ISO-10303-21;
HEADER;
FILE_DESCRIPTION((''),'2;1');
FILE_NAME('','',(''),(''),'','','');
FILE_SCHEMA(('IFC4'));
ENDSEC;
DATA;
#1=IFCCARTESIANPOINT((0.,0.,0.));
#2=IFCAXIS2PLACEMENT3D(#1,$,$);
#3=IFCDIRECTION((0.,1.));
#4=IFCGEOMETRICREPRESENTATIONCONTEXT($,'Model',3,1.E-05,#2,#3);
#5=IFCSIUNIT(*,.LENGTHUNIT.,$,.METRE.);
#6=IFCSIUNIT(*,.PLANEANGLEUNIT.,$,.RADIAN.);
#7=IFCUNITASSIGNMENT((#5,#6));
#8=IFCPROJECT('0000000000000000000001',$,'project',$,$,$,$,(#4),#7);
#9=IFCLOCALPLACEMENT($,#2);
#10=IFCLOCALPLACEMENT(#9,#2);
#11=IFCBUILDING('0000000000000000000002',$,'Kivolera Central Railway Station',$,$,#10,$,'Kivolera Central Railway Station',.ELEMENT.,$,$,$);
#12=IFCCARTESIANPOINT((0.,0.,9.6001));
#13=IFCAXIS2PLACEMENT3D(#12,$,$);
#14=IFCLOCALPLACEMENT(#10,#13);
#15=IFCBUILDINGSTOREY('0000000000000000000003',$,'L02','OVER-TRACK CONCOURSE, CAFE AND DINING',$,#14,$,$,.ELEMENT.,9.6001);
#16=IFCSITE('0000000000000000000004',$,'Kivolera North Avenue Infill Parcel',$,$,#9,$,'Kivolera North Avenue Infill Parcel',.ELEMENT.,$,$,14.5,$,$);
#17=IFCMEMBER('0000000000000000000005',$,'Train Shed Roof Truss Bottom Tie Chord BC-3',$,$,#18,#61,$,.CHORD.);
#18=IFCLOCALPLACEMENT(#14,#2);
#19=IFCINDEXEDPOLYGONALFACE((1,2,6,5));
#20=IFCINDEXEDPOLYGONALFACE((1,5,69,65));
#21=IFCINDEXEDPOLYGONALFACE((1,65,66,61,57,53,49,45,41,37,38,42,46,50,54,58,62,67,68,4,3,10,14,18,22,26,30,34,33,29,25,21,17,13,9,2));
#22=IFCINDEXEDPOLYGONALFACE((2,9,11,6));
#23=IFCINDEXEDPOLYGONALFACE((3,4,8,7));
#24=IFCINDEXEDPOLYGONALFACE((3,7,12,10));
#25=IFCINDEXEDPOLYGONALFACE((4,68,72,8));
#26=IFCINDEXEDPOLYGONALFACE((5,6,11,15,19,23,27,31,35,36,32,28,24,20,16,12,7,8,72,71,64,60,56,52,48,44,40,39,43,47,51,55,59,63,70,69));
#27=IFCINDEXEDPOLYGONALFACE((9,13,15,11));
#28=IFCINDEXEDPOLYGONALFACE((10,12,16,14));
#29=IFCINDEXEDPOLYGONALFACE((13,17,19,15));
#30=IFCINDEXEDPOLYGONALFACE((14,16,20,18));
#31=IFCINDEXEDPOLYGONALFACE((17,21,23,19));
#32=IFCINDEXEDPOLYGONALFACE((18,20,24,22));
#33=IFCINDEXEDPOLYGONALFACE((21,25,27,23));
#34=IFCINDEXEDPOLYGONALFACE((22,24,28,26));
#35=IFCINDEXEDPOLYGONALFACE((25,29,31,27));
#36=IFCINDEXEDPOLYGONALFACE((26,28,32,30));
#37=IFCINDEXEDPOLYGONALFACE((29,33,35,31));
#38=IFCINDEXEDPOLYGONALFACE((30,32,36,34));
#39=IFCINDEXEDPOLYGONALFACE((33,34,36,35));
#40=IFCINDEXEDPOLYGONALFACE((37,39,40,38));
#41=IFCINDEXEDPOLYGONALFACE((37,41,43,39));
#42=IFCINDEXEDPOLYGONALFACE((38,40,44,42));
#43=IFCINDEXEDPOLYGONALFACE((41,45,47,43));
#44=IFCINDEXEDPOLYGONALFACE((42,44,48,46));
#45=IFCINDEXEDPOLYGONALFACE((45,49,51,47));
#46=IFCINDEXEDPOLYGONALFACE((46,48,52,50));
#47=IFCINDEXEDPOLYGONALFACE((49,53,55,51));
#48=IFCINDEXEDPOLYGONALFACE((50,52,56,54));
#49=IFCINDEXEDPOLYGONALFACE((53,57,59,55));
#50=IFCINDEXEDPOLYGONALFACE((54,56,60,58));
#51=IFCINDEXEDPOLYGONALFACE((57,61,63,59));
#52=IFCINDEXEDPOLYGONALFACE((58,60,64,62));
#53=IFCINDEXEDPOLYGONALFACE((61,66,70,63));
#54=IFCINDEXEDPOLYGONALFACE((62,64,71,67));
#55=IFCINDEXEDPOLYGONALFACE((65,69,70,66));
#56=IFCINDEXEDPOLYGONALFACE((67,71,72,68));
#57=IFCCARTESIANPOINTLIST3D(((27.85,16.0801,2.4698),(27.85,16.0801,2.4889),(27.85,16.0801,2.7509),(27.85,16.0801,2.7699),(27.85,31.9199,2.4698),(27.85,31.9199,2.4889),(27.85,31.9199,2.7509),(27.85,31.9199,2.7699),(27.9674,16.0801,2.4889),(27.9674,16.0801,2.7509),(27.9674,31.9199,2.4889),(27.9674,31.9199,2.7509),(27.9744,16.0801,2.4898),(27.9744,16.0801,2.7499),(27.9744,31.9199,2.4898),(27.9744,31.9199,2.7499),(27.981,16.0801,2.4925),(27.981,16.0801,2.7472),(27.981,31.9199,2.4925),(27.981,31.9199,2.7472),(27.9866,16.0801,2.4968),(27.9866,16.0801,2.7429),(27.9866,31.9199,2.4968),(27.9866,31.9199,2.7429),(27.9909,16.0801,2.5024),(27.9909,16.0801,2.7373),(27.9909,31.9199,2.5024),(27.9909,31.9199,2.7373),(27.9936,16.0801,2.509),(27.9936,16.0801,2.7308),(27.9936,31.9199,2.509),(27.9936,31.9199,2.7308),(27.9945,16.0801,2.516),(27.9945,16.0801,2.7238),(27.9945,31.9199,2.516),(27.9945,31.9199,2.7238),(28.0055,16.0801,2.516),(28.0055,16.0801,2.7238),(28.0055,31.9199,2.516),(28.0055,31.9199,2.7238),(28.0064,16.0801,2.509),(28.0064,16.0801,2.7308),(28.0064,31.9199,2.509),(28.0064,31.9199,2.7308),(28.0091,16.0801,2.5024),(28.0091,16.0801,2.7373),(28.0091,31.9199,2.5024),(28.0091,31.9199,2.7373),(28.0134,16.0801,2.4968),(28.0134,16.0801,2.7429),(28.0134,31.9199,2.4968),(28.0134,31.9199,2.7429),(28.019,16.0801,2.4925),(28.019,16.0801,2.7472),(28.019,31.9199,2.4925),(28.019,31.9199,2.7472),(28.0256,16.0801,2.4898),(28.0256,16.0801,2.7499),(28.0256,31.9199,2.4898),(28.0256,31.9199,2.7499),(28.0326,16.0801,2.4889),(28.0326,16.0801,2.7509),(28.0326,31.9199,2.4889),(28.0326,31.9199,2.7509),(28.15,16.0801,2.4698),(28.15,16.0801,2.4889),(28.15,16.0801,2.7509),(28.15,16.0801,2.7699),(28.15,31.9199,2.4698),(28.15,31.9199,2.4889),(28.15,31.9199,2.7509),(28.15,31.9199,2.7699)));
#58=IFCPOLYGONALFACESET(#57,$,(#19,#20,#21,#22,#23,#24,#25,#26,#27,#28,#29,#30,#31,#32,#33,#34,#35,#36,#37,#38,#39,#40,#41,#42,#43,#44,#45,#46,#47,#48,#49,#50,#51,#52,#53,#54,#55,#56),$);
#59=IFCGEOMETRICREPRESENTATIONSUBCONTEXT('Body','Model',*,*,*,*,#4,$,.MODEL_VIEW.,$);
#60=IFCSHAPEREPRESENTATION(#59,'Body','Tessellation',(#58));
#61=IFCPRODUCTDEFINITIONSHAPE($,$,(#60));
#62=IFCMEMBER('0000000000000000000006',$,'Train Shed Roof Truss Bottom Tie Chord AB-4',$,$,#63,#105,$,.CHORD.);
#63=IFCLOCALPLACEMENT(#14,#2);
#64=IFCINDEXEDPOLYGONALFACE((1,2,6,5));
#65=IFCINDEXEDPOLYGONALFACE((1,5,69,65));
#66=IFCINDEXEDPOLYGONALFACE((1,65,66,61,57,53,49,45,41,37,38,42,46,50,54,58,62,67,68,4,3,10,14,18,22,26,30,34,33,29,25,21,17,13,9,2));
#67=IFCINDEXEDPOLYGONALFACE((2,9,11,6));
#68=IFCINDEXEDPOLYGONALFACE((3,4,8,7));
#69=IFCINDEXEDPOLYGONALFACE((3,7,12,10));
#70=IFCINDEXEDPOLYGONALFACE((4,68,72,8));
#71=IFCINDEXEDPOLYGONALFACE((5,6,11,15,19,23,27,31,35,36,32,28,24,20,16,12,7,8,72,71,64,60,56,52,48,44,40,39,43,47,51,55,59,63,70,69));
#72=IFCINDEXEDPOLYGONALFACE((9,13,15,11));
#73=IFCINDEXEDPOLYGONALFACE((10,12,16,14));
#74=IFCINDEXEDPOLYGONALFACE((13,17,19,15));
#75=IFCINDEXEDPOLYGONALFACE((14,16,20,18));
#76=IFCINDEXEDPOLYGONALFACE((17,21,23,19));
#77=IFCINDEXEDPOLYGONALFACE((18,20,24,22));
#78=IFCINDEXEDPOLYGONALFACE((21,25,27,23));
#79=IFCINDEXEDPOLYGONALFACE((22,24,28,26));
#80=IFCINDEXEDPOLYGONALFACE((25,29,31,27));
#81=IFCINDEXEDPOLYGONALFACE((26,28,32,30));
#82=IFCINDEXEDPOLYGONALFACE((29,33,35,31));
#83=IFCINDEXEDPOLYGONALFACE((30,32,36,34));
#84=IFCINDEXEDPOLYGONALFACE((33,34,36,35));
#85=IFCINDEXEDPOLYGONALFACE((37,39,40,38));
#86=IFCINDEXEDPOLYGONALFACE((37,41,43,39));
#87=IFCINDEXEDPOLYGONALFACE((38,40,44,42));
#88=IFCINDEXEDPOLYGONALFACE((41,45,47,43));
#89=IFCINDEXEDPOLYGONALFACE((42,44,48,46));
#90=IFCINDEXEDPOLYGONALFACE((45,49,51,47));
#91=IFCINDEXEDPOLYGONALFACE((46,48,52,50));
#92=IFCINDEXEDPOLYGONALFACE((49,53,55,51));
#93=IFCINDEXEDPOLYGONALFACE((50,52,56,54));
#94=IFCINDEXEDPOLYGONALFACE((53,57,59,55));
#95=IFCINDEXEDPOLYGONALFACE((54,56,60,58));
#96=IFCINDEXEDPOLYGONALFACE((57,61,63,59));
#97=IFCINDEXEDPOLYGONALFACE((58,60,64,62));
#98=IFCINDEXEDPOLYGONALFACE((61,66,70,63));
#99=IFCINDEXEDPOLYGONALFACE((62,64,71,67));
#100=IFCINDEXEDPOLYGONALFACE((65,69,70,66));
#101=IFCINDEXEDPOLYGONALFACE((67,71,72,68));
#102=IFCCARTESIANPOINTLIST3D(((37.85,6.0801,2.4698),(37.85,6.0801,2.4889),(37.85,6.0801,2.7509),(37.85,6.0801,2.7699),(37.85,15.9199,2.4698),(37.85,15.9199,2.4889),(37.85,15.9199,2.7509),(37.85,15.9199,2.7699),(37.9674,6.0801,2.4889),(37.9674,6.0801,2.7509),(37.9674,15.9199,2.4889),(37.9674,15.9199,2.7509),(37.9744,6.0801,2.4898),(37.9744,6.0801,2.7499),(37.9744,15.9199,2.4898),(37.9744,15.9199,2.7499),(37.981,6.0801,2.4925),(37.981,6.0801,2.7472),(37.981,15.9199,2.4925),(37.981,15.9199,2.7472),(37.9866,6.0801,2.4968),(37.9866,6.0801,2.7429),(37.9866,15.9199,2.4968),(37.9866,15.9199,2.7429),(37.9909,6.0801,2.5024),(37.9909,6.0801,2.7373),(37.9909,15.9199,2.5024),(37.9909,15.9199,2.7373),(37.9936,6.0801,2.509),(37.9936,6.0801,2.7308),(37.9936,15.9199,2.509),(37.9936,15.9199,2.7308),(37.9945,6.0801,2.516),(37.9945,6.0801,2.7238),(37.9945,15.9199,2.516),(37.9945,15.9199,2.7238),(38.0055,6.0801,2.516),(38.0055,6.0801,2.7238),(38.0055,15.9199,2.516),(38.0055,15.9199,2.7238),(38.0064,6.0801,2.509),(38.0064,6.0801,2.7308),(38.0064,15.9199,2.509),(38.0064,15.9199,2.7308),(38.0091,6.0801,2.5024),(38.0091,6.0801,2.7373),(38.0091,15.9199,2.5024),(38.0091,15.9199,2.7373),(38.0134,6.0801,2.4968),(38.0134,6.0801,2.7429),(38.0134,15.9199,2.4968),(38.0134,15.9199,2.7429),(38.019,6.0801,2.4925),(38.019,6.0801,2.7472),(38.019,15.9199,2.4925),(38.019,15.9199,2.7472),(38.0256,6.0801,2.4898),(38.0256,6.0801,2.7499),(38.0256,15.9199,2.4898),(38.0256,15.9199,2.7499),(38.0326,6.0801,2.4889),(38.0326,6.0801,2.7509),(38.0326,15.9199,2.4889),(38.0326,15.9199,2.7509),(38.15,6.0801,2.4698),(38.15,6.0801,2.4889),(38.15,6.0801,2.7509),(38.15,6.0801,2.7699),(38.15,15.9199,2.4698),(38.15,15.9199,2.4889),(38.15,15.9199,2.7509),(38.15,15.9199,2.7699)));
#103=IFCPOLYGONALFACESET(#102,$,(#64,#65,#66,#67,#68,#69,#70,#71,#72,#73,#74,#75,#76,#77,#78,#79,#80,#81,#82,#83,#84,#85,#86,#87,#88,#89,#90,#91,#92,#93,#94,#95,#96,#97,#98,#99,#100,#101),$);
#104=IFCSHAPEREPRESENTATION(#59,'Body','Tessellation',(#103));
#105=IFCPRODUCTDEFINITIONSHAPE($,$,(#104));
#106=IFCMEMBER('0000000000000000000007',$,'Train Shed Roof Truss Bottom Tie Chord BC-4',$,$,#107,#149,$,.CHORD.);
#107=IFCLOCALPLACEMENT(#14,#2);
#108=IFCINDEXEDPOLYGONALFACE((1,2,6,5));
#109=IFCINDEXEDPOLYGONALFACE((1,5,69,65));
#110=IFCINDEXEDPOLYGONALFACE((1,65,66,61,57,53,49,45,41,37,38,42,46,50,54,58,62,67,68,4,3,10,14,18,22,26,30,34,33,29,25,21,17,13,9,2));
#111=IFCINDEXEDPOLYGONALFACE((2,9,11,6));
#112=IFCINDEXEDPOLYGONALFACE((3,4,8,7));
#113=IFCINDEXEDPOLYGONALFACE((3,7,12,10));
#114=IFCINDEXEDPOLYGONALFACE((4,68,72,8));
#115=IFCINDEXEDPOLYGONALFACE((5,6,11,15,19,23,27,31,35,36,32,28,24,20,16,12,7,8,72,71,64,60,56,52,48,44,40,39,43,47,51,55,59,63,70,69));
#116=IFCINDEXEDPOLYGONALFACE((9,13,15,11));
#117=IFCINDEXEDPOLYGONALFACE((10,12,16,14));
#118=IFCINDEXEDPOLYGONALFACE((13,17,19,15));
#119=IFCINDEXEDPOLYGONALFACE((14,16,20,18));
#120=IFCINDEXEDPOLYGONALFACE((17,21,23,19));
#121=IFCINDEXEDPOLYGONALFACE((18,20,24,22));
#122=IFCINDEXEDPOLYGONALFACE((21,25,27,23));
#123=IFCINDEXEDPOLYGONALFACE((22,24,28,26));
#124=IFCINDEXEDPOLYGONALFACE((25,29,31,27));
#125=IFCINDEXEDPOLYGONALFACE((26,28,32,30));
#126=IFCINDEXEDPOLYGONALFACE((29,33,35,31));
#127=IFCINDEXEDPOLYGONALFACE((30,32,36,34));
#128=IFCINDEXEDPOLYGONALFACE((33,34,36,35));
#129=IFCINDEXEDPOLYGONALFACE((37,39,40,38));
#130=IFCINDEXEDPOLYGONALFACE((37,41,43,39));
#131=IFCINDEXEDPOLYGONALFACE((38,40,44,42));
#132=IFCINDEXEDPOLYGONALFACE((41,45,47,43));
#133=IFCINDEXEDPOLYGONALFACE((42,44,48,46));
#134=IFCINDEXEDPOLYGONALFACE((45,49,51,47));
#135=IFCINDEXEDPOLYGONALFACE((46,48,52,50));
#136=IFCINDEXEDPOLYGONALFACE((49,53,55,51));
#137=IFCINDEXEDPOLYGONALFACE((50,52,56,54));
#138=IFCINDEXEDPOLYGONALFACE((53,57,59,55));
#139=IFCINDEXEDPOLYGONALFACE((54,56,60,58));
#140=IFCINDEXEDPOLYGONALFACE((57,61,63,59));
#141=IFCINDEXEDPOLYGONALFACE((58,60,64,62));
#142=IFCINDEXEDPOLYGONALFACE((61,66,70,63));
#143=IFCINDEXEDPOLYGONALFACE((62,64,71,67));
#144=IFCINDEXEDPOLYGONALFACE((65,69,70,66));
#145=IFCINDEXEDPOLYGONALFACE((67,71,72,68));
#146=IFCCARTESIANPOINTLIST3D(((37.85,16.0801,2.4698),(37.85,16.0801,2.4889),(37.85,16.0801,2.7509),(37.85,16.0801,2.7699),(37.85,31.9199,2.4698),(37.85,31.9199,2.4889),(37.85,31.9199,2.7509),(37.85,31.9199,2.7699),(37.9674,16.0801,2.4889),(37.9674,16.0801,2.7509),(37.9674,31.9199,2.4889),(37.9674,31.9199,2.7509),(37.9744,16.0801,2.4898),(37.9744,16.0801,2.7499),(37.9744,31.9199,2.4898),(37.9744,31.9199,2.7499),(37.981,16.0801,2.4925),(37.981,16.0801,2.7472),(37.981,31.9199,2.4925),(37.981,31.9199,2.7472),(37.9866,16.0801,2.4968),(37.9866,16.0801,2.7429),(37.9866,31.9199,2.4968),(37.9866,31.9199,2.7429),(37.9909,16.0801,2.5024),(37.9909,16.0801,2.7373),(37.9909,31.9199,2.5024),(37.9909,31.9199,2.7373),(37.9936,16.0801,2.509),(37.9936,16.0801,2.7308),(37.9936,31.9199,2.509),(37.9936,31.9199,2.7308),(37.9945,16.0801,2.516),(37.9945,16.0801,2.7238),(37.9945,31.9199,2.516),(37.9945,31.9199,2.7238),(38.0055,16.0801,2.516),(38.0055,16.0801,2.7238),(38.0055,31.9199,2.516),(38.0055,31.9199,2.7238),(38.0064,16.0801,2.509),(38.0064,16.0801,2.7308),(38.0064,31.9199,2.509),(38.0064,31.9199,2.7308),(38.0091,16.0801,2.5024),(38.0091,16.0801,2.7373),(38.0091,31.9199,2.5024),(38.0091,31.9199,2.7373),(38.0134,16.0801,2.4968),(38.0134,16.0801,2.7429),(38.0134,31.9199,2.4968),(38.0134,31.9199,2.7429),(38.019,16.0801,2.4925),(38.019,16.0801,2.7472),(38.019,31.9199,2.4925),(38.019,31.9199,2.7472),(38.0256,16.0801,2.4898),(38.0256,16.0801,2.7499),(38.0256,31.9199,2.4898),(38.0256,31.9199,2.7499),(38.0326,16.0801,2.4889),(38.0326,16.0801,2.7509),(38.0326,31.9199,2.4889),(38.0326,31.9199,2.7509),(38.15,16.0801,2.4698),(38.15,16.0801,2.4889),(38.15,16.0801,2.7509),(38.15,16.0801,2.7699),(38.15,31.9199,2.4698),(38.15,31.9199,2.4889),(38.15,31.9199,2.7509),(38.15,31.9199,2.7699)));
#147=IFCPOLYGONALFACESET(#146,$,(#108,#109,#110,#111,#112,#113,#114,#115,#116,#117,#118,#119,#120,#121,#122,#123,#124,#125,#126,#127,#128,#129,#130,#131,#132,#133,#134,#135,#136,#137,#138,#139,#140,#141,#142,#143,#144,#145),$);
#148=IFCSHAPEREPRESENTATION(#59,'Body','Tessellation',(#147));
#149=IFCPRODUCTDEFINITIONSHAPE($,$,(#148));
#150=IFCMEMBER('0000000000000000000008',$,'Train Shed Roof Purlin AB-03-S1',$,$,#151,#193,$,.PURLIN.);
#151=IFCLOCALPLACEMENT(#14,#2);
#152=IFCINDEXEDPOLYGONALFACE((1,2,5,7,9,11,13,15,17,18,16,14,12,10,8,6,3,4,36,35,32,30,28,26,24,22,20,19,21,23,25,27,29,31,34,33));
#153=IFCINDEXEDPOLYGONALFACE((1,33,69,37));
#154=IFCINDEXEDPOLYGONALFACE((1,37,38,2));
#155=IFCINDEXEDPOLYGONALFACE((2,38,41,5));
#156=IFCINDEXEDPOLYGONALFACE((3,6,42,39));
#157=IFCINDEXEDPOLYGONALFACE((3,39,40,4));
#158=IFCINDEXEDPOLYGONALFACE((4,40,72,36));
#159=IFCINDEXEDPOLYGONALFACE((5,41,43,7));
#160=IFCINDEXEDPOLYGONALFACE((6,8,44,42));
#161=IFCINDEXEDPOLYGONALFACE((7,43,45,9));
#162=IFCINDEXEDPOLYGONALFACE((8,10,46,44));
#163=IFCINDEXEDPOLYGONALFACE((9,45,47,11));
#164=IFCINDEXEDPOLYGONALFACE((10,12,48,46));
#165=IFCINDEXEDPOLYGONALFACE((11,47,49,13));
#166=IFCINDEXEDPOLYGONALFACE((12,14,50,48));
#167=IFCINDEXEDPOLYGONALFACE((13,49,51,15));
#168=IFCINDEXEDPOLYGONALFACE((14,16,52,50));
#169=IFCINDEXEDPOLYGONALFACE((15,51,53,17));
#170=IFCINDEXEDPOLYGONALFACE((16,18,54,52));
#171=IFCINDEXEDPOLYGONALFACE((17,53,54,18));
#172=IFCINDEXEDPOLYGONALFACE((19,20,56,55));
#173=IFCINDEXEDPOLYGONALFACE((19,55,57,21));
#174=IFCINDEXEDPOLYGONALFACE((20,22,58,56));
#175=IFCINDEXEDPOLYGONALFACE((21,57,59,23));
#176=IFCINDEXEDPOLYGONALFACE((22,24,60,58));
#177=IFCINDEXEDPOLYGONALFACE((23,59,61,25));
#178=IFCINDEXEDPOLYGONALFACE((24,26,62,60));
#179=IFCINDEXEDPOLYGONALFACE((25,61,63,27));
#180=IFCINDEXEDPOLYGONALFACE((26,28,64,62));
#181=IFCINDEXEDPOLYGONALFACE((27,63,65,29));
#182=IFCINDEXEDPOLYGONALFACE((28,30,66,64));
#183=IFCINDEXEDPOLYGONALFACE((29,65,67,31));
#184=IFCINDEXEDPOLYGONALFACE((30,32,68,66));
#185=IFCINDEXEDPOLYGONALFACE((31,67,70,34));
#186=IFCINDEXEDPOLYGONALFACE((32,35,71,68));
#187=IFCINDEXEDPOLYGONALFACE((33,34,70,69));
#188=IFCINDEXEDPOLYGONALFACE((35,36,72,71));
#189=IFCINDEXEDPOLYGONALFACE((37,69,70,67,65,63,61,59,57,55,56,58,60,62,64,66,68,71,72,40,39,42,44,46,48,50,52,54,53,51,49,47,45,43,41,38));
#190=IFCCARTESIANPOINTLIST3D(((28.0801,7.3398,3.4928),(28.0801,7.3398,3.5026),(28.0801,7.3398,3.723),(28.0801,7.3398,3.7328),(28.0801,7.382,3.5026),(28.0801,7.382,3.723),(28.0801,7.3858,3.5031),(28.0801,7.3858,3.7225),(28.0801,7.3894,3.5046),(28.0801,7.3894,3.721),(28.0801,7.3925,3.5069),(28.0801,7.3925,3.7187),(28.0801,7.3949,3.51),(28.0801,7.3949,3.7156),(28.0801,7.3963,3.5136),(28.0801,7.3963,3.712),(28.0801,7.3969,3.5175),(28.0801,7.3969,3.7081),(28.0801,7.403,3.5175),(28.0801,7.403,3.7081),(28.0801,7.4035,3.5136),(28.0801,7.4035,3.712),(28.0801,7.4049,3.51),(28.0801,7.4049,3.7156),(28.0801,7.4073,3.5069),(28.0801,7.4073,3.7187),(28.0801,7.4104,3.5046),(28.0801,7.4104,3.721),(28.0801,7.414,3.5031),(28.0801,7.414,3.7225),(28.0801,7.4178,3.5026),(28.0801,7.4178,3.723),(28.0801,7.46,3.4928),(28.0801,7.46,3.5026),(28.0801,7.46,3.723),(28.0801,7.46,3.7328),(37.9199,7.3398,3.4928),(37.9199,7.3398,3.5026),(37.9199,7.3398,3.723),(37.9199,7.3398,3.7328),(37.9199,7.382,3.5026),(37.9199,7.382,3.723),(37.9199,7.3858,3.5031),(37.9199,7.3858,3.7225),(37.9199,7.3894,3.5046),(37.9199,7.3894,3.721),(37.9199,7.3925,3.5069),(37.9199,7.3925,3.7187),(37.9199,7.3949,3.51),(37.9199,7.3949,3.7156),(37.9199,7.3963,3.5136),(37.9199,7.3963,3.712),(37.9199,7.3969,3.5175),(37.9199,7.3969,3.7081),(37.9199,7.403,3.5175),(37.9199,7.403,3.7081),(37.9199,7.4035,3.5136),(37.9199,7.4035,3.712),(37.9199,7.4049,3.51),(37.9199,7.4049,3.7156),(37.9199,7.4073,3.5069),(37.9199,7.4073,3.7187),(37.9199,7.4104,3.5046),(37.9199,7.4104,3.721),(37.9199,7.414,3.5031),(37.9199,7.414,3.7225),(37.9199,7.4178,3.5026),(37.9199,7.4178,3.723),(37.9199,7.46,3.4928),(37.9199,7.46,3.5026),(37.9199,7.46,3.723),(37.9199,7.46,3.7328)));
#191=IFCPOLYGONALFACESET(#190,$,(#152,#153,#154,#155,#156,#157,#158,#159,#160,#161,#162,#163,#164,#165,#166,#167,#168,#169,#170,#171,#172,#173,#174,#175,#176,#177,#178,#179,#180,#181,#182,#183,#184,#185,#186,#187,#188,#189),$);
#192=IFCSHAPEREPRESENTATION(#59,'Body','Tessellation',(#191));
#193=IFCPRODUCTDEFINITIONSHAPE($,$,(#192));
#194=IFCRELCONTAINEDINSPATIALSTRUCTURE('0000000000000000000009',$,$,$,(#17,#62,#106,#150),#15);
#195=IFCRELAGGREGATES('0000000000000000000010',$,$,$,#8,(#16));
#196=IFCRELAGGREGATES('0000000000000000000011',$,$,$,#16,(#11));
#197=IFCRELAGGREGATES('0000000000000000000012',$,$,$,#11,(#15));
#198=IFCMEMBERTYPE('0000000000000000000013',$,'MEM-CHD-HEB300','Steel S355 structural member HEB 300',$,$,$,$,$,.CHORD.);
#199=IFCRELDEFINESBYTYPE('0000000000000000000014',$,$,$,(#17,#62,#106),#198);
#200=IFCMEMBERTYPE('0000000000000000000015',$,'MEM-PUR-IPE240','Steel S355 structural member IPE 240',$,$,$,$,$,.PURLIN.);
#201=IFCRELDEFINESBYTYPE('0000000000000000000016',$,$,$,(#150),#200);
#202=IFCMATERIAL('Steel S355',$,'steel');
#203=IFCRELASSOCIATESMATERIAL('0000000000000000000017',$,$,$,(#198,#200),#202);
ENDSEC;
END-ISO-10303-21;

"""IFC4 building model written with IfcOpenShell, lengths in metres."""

from ifc_helpers import new_model, si_unit, direction, frame, origin, origin_2d, place, context, subcontext, project, spatial, i_section, extrude, material, material_profile, profile_set, type_object, element, save


model = new_model("IFC4")

# Units and contexts
model_context = context("Model", 3, precision=1e-05, world=origin(), true_north=direction((0.0, 1.0)))
body_context = subcontext(model_context, "Body", "Model", "MODEL_VIEW")
ifc_project = project(units=[si_unit("LENGTHUNIT", "METRE"), si_unit("PLANEANGLEUNIT", "RADIAN")], contexts=[model_context])

# Site, building, storey
site_placement = place(None, origin())
site = spatial("IfcSite", under=ifc_project, at=site_placement, Name="Kivolera North Avenue Infill Parcel", LongName="Kivolera North Avenue Infill Parcel", CompositionType="ELEMENT", RefElevation=14.5)
building_placement = place(site_placement, origin())
building = spatial("IfcBuilding", under=site, at=building_placement, Name="Kivolera Central Railway Station", LongName="Kivolera Central Railway Station", CompositionType="ELEMENT")
storey_placement = place(building_placement, frame((0.0, 0.0, 9.6001)))
storey = spatial("IfcBuildingStorey", under=building, at=storey_placement, Name="L02", Description="OVER-TRACK CONCOURSE, CAFE AND DINING", CompositionType="ELEMENT", Elevation=9.6001)

# Shared definitions
ifc_material_1 = material(Name="Steel S355", Category="steel")

# Members
ifc_material_profile_1 = material_profile(ifc_material_1, i_section(OverallWidth=0.3, OverallDepth=0.3, WebThickness=0.011, FlangeThickness=0.019, FilletRadius=0.0271, at=origin_2d()), Name="HEB 300")
ifc_profile_set_1 = profile_set([ifc_material_profile_1], Name="Steel S355")
member_type_1 = type_object("IfcMemberType", Name="MEM-CHD-HEB300", Description="Steel S355 structural member HEB 300", PredefinedType="CHORD", material=ifc_profile_set_1)
member_1_placement = place(storey_placement, frame((28.0, 16.0801, 2.6199), z_axis=(0.0, 1.0, 0.0), x_axis=(-1.0, 0.0, 0.0)))
element("IfcMember", 1, at=member_1_placement, inside=storey, type_object=member_type_1, Name="Train Shed Roof Truss Bottom Tie Chord BC-3", PredefinedType="CHORD", context=body_context, shape_type="SweptSolid", body=[
    extrude(i_section(OverallWidth=0.3, OverallDepth=0.3, WebThickness=0.011, FlangeThickness=0.019, FilletRadius=0.0271, at=origin_2d()), origin(), (0.0, 0.0, 1.0), 15.8398),
])
member_2_placement = place(storey_placement, frame((38.0, 6.0801, 2.6199), z_axis=(0.0, 1.0, 0.0), x_axis=(-1.0, 0.0, 0.0)))
element("IfcMember", 2, at=member_2_placement, inside=storey, type_object=member_type_1, Name="Train Shed Roof Truss Bottom Tie Chord AB-4", PredefinedType="CHORD", context=body_context, shape_type="SweptSolid", body=[
    extrude(i_section(OverallWidth=0.3, OverallDepth=0.3, WebThickness=0.011, FlangeThickness=0.019, FilletRadius=0.0271, at=origin_2d()), origin(), (0.0, 0.0, 1.0), 9.8398),
])
member_3_placement = place(storey_placement, frame((38.0, 16.0801, 2.6199), z_axis=(0.0, 1.0, 0.0), x_axis=(-1.0, 0.0, 0.0)))
element("IfcMember", 3, at=member_3_placement, inside=storey, type_object=member_type_1, Name="Train Shed Roof Truss Bottom Tie Chord BC-4", PredefinedType="CHORD", context=body_context, shape_type="SweptSolid", body=[
    extrude(i_section(OverallWidth=0.3, OverallDepth=0.3, WebThickness=0.011, FlangeThickness=0.019, FilletRadius=0.0271, at=origin_2d()), origin(), (0.0, 0.0, 1.0), 15.8398),
])
ifc_material_profile_2 = material_profile(ifc_material_1, i_section(OverallWidth=0.1201, OverallDepth=0.24, WebThickness=0.0061, FlangeThickness=0.0098, FilletRadius=0.0149, at=origin_2d()), Name="IPE 240")
ifc_profile_set_2 = profile_set([ifc_material_profile_2], Name="Steel S355")
member_type_2 = type_object("IfcMemberType", Name="MEM-PUR-IPE240", Description="Steel S355 structural member IPE 240", PredefinedType="PURLIN", material=ifc_profile_set_2)
for number, where, z_axis, x_axis, name in (
    (4, (28.0801, 7.3999, 3.6128), (1.0, 0.0, 0.0), (0.0, 1.0, 0.0), "Train Shed Roof Purlin AB-03-S1"),
):
    element("IfcMember", number, at=place(storey_placement, frame(where, z_axis=z_axis, x_axis=x_axis)), inside=storey, type_object=member_type_2, Name=name, PredefinedType="PURLIN", context=body_context, shape_type="SweptSolid", body=[
        extrude(i_section(OverallWidth=0.1201, OverallDepth=0.24, WebThickness=0.0061, FlangeThickness=0.0098, FilletRadius=0.0149, at=origin_2d()), origin(), (0.0, 0.0, 1.0), 9.8398),
    ])

save(model, "model.ifc")
